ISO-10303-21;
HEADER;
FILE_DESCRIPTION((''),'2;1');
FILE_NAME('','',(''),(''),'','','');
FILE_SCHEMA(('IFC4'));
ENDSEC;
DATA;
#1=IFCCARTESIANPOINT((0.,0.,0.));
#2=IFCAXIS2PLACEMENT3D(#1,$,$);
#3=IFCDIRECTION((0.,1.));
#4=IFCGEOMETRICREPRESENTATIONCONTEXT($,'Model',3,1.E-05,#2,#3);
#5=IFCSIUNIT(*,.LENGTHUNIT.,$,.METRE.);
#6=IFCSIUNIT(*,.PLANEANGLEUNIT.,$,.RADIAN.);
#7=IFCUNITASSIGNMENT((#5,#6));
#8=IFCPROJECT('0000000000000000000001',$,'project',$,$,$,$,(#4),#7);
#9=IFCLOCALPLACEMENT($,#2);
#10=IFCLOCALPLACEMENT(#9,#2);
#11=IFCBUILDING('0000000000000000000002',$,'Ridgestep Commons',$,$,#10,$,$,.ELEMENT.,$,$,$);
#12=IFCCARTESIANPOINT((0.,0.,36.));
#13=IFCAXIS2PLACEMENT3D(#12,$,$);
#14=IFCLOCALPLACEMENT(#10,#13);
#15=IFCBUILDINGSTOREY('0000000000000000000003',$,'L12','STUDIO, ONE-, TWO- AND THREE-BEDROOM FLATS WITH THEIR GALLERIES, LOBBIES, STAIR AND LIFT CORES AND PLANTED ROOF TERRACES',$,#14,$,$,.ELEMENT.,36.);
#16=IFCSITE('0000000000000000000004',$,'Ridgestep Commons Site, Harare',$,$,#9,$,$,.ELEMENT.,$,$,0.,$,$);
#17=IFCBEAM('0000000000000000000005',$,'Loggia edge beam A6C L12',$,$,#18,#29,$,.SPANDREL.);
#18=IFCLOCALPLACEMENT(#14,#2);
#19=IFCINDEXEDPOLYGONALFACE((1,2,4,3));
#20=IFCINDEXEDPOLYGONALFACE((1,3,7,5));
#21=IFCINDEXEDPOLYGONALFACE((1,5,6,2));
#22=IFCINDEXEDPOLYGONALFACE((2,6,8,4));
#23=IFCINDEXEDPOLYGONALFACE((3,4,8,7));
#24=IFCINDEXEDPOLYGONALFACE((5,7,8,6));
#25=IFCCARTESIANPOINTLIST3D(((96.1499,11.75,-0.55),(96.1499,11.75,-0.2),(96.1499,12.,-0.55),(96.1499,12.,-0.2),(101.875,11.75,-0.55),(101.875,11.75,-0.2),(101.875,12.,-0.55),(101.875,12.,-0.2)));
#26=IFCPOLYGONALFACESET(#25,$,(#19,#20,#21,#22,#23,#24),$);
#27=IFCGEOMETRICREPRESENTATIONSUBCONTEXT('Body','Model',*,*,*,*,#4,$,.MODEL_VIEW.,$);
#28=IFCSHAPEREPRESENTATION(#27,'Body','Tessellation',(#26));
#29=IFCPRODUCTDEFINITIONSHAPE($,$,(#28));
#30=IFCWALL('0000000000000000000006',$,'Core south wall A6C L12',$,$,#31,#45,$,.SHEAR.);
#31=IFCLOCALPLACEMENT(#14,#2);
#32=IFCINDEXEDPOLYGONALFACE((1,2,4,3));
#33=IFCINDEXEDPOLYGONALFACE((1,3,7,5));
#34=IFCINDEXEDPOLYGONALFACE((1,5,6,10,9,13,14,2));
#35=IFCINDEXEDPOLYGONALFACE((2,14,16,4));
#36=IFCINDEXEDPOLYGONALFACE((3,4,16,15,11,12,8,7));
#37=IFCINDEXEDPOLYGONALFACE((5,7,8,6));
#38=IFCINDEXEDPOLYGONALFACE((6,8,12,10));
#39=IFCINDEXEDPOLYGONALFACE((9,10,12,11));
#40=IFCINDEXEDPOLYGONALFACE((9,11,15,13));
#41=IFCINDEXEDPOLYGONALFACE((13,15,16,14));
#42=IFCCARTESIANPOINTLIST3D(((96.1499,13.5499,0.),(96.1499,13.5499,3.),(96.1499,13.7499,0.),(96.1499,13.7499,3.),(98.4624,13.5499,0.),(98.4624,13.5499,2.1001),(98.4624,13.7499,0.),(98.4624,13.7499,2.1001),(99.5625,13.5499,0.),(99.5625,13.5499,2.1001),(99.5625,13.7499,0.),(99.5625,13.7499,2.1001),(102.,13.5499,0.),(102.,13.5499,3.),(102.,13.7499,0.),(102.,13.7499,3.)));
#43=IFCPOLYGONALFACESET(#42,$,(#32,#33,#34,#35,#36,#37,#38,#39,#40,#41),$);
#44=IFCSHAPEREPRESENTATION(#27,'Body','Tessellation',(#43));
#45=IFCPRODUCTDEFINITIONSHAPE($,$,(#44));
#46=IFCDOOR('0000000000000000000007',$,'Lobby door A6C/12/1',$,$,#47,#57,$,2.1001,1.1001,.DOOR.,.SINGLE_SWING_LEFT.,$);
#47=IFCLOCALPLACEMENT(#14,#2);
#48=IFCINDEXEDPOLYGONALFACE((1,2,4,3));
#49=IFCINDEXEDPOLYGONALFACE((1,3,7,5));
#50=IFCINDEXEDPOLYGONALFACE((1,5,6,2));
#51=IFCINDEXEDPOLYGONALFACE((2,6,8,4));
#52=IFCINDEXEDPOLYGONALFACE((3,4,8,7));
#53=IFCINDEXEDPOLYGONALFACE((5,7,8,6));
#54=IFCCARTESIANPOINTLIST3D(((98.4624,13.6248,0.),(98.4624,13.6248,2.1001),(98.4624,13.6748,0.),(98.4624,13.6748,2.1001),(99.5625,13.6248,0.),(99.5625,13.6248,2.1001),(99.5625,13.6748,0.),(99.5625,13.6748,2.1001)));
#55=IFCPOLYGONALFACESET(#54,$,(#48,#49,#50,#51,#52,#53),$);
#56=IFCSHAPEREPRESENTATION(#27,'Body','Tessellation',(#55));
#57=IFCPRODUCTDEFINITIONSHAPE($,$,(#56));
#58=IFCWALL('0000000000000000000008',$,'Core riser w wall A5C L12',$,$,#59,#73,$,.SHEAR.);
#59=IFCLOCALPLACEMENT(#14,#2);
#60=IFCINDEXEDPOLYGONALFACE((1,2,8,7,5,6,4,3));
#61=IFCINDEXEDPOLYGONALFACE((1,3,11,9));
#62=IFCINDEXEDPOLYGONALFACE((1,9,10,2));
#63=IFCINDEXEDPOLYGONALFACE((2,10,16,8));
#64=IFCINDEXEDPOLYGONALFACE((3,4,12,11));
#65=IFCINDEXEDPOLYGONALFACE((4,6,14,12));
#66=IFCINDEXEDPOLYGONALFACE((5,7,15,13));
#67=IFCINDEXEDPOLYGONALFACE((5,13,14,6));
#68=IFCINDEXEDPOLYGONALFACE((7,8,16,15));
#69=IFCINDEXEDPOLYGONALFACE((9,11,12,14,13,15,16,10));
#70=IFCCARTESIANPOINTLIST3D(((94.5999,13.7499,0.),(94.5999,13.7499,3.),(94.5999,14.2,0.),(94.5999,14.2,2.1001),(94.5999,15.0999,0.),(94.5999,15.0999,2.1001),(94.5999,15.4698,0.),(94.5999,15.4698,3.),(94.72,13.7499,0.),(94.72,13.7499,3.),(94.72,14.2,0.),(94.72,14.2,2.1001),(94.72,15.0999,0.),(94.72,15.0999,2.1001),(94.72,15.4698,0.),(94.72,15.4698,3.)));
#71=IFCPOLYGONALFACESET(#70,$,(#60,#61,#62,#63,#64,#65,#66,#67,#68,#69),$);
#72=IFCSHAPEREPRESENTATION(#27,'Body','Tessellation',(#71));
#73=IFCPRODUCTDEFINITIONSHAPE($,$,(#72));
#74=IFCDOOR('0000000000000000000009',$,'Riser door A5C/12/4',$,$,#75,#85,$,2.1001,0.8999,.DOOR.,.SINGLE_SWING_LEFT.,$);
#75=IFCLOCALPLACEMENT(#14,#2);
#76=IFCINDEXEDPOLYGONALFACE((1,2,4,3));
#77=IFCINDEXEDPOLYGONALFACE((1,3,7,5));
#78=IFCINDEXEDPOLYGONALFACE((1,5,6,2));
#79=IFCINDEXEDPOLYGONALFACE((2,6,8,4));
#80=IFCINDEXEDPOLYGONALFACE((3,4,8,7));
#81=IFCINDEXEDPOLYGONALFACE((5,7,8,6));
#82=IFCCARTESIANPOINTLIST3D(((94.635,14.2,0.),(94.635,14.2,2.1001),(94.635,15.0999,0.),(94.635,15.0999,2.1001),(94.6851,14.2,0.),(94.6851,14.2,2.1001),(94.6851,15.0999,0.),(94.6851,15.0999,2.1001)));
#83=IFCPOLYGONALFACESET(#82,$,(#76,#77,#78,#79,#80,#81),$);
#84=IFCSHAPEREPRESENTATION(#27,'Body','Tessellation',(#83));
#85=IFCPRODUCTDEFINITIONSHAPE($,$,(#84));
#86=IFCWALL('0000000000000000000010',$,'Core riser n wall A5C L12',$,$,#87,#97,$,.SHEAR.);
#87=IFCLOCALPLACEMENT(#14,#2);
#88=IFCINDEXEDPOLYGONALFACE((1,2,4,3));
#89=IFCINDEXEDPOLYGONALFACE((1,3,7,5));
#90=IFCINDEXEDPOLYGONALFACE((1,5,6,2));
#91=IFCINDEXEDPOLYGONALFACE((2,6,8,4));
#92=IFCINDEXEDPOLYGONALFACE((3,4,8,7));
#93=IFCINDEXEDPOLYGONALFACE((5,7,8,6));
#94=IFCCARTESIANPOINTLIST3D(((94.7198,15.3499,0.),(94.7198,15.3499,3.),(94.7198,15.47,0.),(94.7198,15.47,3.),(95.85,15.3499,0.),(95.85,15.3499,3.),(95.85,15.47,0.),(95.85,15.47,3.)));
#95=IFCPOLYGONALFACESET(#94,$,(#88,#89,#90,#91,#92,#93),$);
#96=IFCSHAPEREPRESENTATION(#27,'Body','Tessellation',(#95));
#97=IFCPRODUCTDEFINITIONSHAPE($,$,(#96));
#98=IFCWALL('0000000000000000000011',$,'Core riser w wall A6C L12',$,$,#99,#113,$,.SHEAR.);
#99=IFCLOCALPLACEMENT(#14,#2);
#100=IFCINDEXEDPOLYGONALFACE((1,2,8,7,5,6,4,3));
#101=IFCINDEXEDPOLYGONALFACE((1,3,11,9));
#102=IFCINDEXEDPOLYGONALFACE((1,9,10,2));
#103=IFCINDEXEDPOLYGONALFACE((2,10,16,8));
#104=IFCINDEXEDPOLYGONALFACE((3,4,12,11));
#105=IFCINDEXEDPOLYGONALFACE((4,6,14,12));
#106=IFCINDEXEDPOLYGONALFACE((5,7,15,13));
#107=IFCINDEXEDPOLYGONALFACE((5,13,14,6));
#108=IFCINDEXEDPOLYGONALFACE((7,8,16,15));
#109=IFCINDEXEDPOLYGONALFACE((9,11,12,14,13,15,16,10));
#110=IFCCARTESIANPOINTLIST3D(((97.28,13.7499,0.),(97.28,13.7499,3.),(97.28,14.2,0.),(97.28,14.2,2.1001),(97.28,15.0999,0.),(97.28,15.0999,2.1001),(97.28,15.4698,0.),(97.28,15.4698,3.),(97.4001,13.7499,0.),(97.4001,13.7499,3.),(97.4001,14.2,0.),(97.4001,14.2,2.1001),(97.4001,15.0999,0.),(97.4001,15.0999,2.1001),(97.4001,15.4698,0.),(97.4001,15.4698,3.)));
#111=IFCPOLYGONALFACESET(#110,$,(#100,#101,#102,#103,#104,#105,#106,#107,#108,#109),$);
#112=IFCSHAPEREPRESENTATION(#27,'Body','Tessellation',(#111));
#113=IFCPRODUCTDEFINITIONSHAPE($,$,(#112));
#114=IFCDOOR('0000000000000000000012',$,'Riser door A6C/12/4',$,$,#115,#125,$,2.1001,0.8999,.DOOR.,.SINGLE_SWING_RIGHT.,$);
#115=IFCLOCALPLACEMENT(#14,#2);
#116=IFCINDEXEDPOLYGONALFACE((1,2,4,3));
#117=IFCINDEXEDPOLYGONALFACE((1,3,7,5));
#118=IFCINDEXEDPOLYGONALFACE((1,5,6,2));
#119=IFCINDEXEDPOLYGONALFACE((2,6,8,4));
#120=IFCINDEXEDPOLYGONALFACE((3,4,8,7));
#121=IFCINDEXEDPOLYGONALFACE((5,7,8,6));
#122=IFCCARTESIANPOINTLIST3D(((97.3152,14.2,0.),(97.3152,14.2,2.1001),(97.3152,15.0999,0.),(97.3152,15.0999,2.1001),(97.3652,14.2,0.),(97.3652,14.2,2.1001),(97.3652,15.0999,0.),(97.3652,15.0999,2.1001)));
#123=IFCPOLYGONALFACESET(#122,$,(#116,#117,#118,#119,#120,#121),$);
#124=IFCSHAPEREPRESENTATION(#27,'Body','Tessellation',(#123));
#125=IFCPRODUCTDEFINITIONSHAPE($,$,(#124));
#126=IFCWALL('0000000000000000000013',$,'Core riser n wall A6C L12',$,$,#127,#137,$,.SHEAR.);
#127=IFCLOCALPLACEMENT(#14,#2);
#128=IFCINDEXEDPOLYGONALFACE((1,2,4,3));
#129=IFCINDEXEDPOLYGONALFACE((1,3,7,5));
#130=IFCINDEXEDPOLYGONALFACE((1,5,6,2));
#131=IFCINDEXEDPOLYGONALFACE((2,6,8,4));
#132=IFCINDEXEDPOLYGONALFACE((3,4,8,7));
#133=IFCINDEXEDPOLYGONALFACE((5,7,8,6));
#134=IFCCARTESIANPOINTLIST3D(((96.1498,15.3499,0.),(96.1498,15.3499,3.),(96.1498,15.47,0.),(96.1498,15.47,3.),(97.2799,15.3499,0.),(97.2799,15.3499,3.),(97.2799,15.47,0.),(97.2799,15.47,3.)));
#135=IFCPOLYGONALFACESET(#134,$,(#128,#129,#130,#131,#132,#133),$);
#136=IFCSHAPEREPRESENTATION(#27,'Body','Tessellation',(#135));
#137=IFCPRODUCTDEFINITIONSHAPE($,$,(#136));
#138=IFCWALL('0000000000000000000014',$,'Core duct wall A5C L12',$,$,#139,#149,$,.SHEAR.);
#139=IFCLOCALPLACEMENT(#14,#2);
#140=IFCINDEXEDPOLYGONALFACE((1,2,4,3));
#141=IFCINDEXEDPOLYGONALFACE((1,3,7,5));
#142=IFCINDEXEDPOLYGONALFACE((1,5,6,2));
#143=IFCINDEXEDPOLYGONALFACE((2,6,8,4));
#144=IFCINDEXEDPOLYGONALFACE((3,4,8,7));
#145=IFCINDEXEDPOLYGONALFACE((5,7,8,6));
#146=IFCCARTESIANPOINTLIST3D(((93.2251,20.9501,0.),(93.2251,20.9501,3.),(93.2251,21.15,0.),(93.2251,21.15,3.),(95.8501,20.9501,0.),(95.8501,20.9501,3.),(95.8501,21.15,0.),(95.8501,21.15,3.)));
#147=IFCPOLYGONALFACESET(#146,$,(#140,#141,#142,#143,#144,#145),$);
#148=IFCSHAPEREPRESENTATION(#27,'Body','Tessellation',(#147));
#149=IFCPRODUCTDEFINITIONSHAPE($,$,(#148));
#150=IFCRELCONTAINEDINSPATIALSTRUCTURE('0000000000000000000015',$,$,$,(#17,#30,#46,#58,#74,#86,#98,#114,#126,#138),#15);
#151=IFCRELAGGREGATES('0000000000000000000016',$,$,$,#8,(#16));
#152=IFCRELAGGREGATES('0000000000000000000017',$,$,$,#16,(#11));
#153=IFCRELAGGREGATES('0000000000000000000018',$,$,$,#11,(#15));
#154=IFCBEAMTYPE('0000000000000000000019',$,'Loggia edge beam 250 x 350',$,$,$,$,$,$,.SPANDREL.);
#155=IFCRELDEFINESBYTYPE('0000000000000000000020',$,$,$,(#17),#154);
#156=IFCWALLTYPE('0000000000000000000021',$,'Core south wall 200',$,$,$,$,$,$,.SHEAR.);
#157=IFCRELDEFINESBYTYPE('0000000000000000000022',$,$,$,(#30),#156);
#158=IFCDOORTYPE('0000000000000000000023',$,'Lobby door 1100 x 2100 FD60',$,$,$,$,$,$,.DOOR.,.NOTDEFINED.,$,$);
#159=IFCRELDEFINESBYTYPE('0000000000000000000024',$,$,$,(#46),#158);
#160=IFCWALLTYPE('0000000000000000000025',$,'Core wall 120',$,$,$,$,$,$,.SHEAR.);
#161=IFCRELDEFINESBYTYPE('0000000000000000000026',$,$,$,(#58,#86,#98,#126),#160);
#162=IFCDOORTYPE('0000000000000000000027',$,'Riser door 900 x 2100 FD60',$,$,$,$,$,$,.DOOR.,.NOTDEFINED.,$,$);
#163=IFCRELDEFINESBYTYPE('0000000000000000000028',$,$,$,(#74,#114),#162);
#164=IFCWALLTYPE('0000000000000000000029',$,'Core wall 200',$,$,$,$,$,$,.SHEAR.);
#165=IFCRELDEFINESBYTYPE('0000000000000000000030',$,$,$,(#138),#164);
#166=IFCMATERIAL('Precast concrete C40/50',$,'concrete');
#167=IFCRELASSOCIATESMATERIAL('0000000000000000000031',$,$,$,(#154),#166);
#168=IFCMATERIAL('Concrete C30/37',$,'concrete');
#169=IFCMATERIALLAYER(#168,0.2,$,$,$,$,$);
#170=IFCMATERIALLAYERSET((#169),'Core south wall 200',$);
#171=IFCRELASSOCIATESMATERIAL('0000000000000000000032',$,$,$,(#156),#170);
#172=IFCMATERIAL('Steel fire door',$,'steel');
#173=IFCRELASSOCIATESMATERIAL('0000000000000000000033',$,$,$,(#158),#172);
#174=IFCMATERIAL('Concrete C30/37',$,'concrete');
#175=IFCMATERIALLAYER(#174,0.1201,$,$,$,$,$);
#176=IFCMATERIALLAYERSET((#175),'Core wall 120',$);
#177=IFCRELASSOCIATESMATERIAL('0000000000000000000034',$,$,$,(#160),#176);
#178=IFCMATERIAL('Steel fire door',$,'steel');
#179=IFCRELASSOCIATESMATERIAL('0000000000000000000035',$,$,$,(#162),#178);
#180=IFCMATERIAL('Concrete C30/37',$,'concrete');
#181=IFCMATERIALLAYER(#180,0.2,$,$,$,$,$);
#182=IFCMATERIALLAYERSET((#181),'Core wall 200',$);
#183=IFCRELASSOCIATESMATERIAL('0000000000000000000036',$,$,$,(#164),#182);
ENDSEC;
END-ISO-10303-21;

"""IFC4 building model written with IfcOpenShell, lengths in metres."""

from ifc_helpers import new_model, si_unit, direction, frame, frame_2d, origin, origin_2d, place, context, subcontext, project, spatial, rectangle, extrude, material, layer, layer_set, material_profile, profile_set, type_object, element, fill, save


model = new_model("IFC4")

# Units and contexts
model_context = context("Model", 3, precision=1e-05, world=origin(), true_north=direction((0.0, 1.0)))
body_context = subcontext(model_context, "Body", "Model", "MODEL_VIEW")
ifc_project = project(units=[si_unit("LENGTHUNIT", "METRE"), si_unit("PLANEANGLEUNIT", "RADIAN")], contexts=[model_context])

# Site, building, storey
site_placement = place(None, origin())
site = spatial("IfcSite", under=ifc_project, at=site_placement, Name="Ridgestep Commons Site, Harare", CompositionType="ELEMENT", RefElevation=0.0)
building_placement = place(site_placement, origin())
building = spatial("IfcBuilding", under=site, at=building_placement, Name="Ridgestep Commons", CompositionType="ELEMENT")
storey_placement = place(building_placement, frame((0.0, 0.0, 36.0)))
storey = spatial("IfcBuildingStorey", under=building, at=storey_placement, Name="L12", Description="STUDIO, ONE-, TWO- AND THREE-BEDROOM FLATS WITH THEIR GALLERIES, LOBBIES, STAIR AND LIFT CORES AND PLANTED ROOF TERRACES", CompositionType="ELEMENT", Elevation=36.0)

# Beam
ifc_material_1 = material(Name="Precast concrete C40/50", Category="concrete")
ifc_material_profile = material_profile(ifc_material_1, rectangle(XDim=0.25, YDim=0.3501, at=origin_2d()), Name="PC 250x350")
ifc_profile_set = profile_set([ifc_material_profile], Name="Precast concrete C40/50")
beam_type = type_object("IfcBeamType", Name="Loggia edge beam 250 x 350", PredefinedType="SPANDREL", material=ifc_profile_set)
beam_placement = place(storey_placement, frame((96.1499, 11.875, -0.375), z_axis=(1.0, 0.0, 0.0), x_axis=(0.0, 1.0, 0.0)))
element("IfcBeam", 1, at=beam_placement, inside=storey, type_object=beam_type, Name="Loggia edge beam A6C L12", PredefinedType="SPANDREL", context=body_context, shape_type="SweptSolid", body=[
    extrude(rectangle(XDim=0.25, YDim=0.3501, at=origin_2d()), origin(), (0.0, 0.0, 1.0), 5.7251),
])

# Walls, openings, doors
ifc_material_2 = material(Name="Concrete C30/37", Category="concrete")
ifc_layer_1 = layer(ifc_material_2, 0.2)
ifc_layer_set_1 = layer_set([ifc_layer_1], Name="Core south wall 200")
wall_type_1 = type_object("IfcWallType", Name="Core south wall 200", PredefinedType="SHEAR", material=ifc_layer_set_1)
wall_1_placement = place(storey_placement, frame((96.1499, 13.6499, 0.0), z_axis=(0.0, 0.0, 1.0), x_axis=(1.0, 0.0, 0.0)))
wall_1 = element("IfcWall", 2, at=wall_1_placement, inside=storey, type_object=wall_type_1, Name="Core south wall A6C L12", PredefinedType="SHEAR", context=body_context, shape_type="SweptSolid", body=[
    extrude(rectangle(XDim=5.8501, YDim=0.2, at=frame_2d((2.925, 0.0))), origin(), (0.0, 0.0, 1.0), 3.0),
])
opening_1_placement = place(wall_1_placement, frame((2.3125, 0.0, 0.0)))
opening_1 = element("IfcOpeningElement", 3, at=opening_1_placement, cuts=wall_1, PredefinedType="OPENING", context=body_context, shape_type="SweptSolid", body=[
    extrude(rectangle(XDim=1.1001, YDim=2.1001, at=frame_2d((0.55, 1.05))), frame((0.0, 0.1099, 0.0), z_axis=(0.0, -1.0, 0.0), x_axis=(1.0, 0.0, 0.0)), (0.0, 0.0, 1.0), 0.22),
])
ifc_material_3 = material(Name="Steel fire door", Category="steel")
door_type_1 = type_object("IfcDoorType", Name="Lobby door 1100 x 2100 FD60", OperationType="NOTDEFINED", PredefinedType="DOOR", material=ifc_material_3)
door_1_placement = place(opening_1_placement, origin())
door_1 = element("IfcDoor", 4, at=door_1_placement, inside=storey, type_object=door_type_1, Name="Lobby door A6C/12/1", OperationType="SINGLE_SWING_LEFT", OverallHeight=2.1001, OverallWidth=1.1001, PredefinedType="DOOR", context=body_context, shape_type="SweptSolid", body=[
    extrude(rectangle(XDim=1.1001, YDim=2.1001, at=frame_2d((0.55, 1.05))), frame((0.0, 0.0249, 0.0), z_axis=(0.0, -1.0, 0.0), x_axis=(1.0, 0.0, 0.0)), (0.0, 0.0, 1.0), 0.05),
])
fill(opening_1, door_1)
ifc_material_4 = material(Name="Concrete C30/37", Category="concrete")
ifc_layer_2 = layer(ifc_material_4, 0.1201)
ifc_layer_set_2 = layer_set([ifc_layer_2], Name="Core wall 120")
wall_type_2 = type_object("IfcWallType", Name="Core wall 120", PredefinedType="SHEAR", material=ifc_layer_set_2)
wall_2_placement = place(storey_placement, frame((94.6599, 13.75, 0.0), z_axis=(0.0, 0.0, 1.0), x_axis=(0.0, 1.0, 0.0)))
wall_2 = element("IfcWall", 5, at=wall_2_placement, inside=storey, type_object=wall_type_2, Name="Core riser w wall A5C L12", PredefinedType="SHEAR", context=body_context, shape_type="SweptSolid", body=[
    extrude(rectangle(XDim=1.72, YDim=0.1201, at=frame_2d((0.8599, 0.0))), origin(), (0.0, 0.0, 1.0), 3.0),
])
opening_2_placement = place(wall_2_placement, frame((0.45, 0.0, 0.0)))
opening_2 = element("IfcOpeningElement", 6, at=opening_2_placement, cuts=wall_2, PredefinedType="OPENING", context=body_context, shape_type="SweptSolid", body=[
    extrude(rectangle(XDim=0.8999, YDim=2.1001, at=frame_2d((0.45, 1.05))), frame((0.0, 0.0701, 0.0), z_axis=(0.0, -1.0, 0.0), x_axis=(1.0, 0.0, 0.0)), (0.0, 0.0, 1.0), 0.1401),
])
ifc_material_5 = material(Name="Steel fire door", Category="steel")
door_type_2 = type_object("IfcDoorType", Name="Riser door 900 x 2100 FD60", OperationType="NOTDEFINED", PredefinedType="DOOR", material=ifc_material_5)
door_2_placement = place(opening_2_placement, origin())
door_2 = element("IfcDoor", 7, at=door_2_placement, inside=storey, type_object=door_type_2, Name="Riser door A5C/12/4", OperationType="SINGLE_SWING_LEFT", OverallHeight=2.1001, OverallWidth=0.8999, PredefinedType="DOOR", context=body_context, shape_type="SweptSolid", body=[
    extrude(rectangle(XDim=0.8999, YDim=2.1001, at=frame_2d((0.45, 1.05))), frame((0.0, 0.0249, 0.0), z_axis=(0.0, -1.0, 0.0), x_axis=(1.0, 0.0, 0.0)), (0.0, 0.0, 1.0), 0.05),
])
fill(opening_2, door_2)

# Wall
wall_3_placement = place(storey_placement, frame((94.72, 15.4099, 0.0), z_axis=(0.0, 0.0, 1.0), x_axis=(1.0, 0.0, 0.0)))
element("IfcWall", 8, at=wall_3_placement, inside=storey, type_object=wall_type_2, Name="Core riser n wall A5C L12", PredefinedType="SHEAR", context=body_context, shape_type="SweptSolid", body=[
    extrude(rectangle(XDim=1.1301, YDim=0.1201, at=frame_2d((0.5649, 0.0))), origin(), (0.0, 0.0, 1.0), 3.0),
])

# Wall, opening, door
wall_4_placement = place(storey_placement, frame((97.3401, 13.75, 0.0), z_axis=(0.0, 0.0, 1.0), x_axis=(0.0, 1.0, 0.0)))
wall_4 = element("IfcWall", 9, at=wall_4_placement, inside=storey, type_object=wall_type_2, Name="Core riser w wall A6C L12", PredefinedType="SHEAR", context=body_context, shape_type="SweptSolid", body=[
    extrude(rectangle(XDim=1.72, YDim=0.1201, at=frame_2d((0.8599, 0.0))), origin(), (0.0, 0.0, 1.0), 3.0),
])
opening_3_placement = place(wall_4_placement, frame((0.45, 0.0, 0.0)))
opening_3 = element("IfcOpeningElement", 10, at=opening_3_placement, cuts=wall_4, PredefinedType="OPENING", context=body_context, shape_type="SweptSolid", body=[
    extrude(rectangle(XDim=0.8999, YDim=2.1001, at=frame_2d((0.45, 1.05))), frame((0.0, 0.0701, 0.0), z_axis=(0.0, -1.0, 0.0), x_axis=(1.0, 0.0, 0.0)), (0.0, 0.0, 1.0), 0.1401),
])
door_3_placement = place(opening_3_placement, origin())
door_3 = element("IfcDoor", 11, at=door_3_placement, inside=storey, type_object=door_type_2, Name="Riser door A6C/12/4", OperationType="SINGLE_SWING_RIGHT", OverallHeight=2.1001, OverallWidth=0.8999, PredefinedType="DOOR", context=body_context, shape_type="SweptSolid", body=[
    extrude(rectangle(XDim=0.8999, YDim=2.1001, at=frame_2d((0.45, 1.05))), frame((0.0, 0.0249, 0.0), z_axis=(0.0, -1.0, 0.0), x_axis=(1.0, 0.0, 0.0)), (0.0, 0.0, 1.0), 0.05),
])
fill(opening_3, door_3)

# Walls
wall_5_placement = place(storey_placement, frame((96.1499, 15.4099, 0.0), z_axis=(0.0, 0.0, 1.0), x_axis=(1.0, 0.0, 0.0)))
element("IfcWall", 12, at=wall_5_placement, inside=storey, type_object=wall_type_2, Name="Core riser n wall A6C L12", PredefinedType="SHEAR", context=body_context, shape_type="SweptSolid", body=[
    extrude(rectangle(XDim=1.1301, YDim=0.1201, at=frame_2d((0.5649, 0.0))), origin(), (0.0, 0.0, 1.0), 3.0),
])
ifc_material_6 = material(Name="Concrete C30/37", Category="concrete")
ifc_layer_3 = layer(ifc_material_6, 0.2)
ifc_layer_set_3 = layer_set([ifc_layer_3], Name="Core wall 200")
wall_type_3 = type_object("IfcWallType", Name="Core wall 200", PredefinedType="SHEAR", material=ifc_layer_set_3)
wall_6_placement = place(storey_placement, frame((93.2251, 21.05, 0.0), z_axis=(0.0, 0.0, 1.0), x_axis=(1.0, 0.0, 0.0)))
element("IfcWall", 13, at=wall_6_placement, inside=storey, type_object=wall_type_3, Name="Core duct wall A5C L12", PredefinedType="SHEAR", context=body_context, shape_type="SweptSolid", body=[
    extrude(rectangle(XDim=2.625, YDim=0.2, at=frame_2d((1.3125, 0.0))), origin(), (0.0, 0.0, 1.0), 3.0),
])

save(model, "model.ifc")
